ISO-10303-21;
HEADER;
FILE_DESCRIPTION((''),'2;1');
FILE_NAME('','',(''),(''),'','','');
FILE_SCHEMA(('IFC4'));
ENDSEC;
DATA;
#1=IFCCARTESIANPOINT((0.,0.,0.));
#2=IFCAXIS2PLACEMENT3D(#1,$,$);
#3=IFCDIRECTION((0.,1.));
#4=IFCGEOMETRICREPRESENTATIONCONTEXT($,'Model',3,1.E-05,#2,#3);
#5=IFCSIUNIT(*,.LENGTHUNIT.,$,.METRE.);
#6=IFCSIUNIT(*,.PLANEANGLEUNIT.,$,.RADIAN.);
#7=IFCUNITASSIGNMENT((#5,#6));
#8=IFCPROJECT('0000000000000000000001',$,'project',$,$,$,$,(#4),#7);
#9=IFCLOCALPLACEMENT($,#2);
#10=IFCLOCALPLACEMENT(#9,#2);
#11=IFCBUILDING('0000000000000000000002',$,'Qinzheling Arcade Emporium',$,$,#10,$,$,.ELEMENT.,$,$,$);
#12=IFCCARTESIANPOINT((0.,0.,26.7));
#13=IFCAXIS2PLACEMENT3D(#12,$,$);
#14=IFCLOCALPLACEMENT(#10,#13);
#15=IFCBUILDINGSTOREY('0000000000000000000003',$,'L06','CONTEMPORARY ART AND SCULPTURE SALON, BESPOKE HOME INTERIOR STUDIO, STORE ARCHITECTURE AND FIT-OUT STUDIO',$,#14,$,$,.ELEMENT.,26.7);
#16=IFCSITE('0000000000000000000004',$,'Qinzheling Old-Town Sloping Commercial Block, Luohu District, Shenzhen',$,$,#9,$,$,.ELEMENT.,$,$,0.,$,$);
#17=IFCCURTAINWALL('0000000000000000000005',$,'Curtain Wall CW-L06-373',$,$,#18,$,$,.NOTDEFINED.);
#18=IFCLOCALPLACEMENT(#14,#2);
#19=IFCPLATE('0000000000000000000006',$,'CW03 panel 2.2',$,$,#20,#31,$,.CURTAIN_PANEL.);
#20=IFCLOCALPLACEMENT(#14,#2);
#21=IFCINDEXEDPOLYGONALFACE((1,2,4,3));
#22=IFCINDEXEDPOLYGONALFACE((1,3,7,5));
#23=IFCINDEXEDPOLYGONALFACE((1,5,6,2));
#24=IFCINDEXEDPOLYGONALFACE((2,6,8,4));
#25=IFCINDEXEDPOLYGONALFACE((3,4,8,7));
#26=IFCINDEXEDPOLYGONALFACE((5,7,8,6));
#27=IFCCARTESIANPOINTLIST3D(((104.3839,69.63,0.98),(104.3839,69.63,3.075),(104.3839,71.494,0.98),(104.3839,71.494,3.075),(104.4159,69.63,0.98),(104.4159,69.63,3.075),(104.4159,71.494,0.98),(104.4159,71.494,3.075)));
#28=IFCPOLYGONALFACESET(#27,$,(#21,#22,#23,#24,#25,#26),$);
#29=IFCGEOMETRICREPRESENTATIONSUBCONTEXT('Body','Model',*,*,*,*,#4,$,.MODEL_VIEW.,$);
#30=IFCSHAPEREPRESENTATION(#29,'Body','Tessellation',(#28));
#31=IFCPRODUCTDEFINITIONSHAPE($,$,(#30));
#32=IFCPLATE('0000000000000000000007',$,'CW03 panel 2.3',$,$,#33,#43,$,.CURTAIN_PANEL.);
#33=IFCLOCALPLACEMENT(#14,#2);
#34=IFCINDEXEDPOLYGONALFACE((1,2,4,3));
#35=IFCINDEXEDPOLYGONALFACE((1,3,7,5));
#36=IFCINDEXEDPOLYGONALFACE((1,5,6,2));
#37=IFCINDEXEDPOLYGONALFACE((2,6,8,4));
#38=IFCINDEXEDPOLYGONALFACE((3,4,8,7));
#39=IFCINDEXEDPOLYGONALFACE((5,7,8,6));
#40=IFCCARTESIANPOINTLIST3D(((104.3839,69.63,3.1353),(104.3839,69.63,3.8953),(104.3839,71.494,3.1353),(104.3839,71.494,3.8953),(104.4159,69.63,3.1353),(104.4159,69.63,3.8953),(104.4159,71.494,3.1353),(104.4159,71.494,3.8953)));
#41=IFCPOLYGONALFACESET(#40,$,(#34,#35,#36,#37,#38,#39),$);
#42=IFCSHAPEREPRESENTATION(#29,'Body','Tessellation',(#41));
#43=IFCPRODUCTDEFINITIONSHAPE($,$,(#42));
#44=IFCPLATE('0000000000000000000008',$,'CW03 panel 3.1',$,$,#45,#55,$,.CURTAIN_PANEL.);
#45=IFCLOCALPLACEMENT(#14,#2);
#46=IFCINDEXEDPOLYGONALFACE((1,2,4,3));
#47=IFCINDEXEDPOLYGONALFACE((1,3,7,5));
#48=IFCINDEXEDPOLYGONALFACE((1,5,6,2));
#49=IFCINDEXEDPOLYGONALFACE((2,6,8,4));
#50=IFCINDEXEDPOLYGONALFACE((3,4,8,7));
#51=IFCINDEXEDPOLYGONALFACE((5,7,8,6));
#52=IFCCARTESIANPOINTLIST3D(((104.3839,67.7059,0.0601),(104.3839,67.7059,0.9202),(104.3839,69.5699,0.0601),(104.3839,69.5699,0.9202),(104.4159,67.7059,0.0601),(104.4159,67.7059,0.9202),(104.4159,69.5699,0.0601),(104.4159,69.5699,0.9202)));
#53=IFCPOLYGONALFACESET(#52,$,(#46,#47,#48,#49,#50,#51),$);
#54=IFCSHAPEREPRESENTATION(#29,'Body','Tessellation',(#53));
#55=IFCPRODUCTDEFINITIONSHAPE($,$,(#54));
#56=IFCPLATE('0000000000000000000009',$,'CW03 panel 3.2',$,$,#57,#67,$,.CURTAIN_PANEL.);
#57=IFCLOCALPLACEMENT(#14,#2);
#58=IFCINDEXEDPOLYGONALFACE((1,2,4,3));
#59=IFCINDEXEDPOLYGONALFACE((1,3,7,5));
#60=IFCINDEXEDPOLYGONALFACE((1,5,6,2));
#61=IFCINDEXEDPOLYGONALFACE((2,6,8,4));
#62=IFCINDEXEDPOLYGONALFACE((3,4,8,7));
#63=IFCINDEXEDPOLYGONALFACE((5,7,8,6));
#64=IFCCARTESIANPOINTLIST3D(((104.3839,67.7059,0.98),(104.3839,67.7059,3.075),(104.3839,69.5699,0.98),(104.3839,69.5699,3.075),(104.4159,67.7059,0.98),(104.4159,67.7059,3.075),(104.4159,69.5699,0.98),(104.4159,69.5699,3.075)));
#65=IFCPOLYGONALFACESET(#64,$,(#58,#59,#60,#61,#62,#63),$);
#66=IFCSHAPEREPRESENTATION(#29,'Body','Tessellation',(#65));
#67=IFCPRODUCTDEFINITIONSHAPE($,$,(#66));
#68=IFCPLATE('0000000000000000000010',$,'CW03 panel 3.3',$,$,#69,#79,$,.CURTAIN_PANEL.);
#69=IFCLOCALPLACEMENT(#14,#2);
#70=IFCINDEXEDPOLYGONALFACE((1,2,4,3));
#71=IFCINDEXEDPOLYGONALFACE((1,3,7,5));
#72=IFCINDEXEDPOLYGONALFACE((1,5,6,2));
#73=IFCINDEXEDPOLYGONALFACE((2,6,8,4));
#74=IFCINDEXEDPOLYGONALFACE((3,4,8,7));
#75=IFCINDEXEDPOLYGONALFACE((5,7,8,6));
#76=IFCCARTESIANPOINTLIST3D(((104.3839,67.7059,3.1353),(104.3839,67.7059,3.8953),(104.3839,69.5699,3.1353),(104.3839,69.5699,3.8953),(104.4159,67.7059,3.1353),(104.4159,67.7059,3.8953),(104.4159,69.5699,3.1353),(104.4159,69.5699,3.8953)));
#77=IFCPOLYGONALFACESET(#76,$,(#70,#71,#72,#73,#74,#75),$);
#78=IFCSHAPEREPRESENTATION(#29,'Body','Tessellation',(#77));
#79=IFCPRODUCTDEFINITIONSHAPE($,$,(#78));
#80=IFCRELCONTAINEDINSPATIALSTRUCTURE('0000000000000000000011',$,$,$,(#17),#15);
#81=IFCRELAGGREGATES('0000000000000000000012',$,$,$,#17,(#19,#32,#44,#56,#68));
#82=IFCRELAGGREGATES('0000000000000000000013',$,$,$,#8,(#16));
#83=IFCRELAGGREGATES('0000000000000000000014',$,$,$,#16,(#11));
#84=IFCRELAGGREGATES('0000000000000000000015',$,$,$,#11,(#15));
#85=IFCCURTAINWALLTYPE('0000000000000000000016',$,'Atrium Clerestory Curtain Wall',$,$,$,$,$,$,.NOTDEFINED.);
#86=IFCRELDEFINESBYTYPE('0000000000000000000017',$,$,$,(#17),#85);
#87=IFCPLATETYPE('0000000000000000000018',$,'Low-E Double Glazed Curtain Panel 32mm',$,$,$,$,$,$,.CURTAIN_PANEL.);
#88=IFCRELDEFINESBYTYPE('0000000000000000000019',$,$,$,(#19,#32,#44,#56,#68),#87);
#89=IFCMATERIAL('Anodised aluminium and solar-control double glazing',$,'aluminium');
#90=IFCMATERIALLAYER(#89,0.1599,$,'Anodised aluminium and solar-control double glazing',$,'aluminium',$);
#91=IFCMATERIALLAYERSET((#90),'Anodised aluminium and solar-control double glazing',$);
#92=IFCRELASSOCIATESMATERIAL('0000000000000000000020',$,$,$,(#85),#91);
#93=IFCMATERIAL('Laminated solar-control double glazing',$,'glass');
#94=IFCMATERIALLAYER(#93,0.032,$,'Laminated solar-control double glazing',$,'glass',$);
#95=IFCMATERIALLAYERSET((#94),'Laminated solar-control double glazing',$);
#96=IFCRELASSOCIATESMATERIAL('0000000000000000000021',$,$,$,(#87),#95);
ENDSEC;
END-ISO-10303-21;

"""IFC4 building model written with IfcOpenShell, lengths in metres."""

from ifc_helpers import new_model, si_unit, direction, frame, origin, origin_2d, place, context, subcontext, project, spatial, rectangle, extrude, material, layer, layer_set, type_object, element, aggregate, save


model = new_model("IFC4")

# Units and contexts
model_context = context("Model", 3, precision=1e-05, world=origin(), true_north=direction((0.0, 1.0)))
body_context = subcontext(model_context, "Body", "Model", "MODEL_VIEW")
ifc_project = project(units=[si_unit("LENGTHUNIT", "METRE"), si_unit("PLANEANGLEUNIT", "RADIAN")], contexts=[model_context])

# Site, building, storey
site_placement = place(None, origin())
site = spatial("IfcSite", under=ifc_project, at=site_placement, Name="Qinzheling Old-Town Sloping Commercial Block, Luohu District, Shenzhen", CompositionType="ELEMENT", RefElevation=0.0)
building_placement = place(site_placement, origin())
building = spatial("IfcBuilding", under=site, at=building_placement, Name="Qinzheling Arcade Emporium", CompositionType="ELEMENT")
storey_placement = place(building_placement, frame((0.0, 0.0, 26.7)))
storey = spatial("IfcBuildingStorey", under=building, at=storey_placement, Name="L06", Description="CONTEMPORARY ART AND SCULPTURE SALON, BESPOKE HOME INTERIOR STUDIO, STORE ARCHITECTURE AND FIT-OUT STUDIO", CompositionType="ELEMENT", Elevation=26.7)

# Curtain wall, plates
ifc_material_1 = material(Name="Anodised aluminium and solar-control double glazing", Category="aluminium")
ifc_layer_1 = layer(ifc_material_1, 0.1599, Name="Anodised aluminium and solar-control double glazing", Category="aluminium")
ifc_layer_set_1 = layer_set([ifc_layer_1], Name="Anodised aluminium and solar-control double glazing")
curtain_wall_type = type_object("IfcCurtainWallType", Name="Atrium Clerestory Curtain Wall", PredefinedType="NOTDEFINED", material=ifc_layer_set_1)
curtain_wall_placement = place(storey_placement, origin())
curtain_wall = element("IfcCurtainWall", 1, at=curtain_wall_placement, inside=storey, type_object=curtain_wall_type, Name="Curtain Wall CW-L06-373", PredefinedType="NOTDEFINED")
ifc_material_2 = material(Name="Laminated solar-control double glazing", Category="glass")
ifc_layer_2 = layer(ifc_material_2, 0.032, Name="Laminated solar-control double glazing", Category="glass")
ifc_layer_set_2 = layer_set([ifc_layer_2], Name="Laminated solar-control double glazing")
plate_type = type_object("IfcPlateType", Name="Low-E Double Glazed Curtain Panel 32mm", PredefinedType="CURTAIN_PANEL", material=ifc_layer_set_2)
plate_1_placement = place(storey_placement, frame((104.3999, 70.562, 0.98), z_axis=(0.0, 0.0, 1.0), x_axis=(0.0, -1.0, 0.0)))
plate_1 = element("IfcPlate", 2, at=plate_1_placement, type_object=plate_type, Name="CW03 panel 2.2", PredefinedType="CURTAIN_PANEL", context=body_context, shape_type="SweptSolid", body=[
    extrude(rectangle(XDim=1.864, YDim=0.032, at=origin_2d()), origin(), (0.0, 0.0, 1.0), 2.095),
])
plate_2_placement = place(storey_placement, frame((104.3999, 70.562, 3.1353), z_axis=(0.0, 0.0, 1.0), x_axis=(0.0, -1.0, 0.0)))
plate_2 = element("IfcPlate", 3, at=plate_2_placement, type_object=plate_type, Name="CW03 panel 2.3", PredefinedType="CURTAIN_PANEL", context=body_context, shape_type="SweptSolid", body=[
    extrude(rectangle(XDim=1.864, YDim=0.032, at=origin_2d()), origin(), (0.0, 0.0, 1.0), 0.76),
])
plate_3_placement = place(storey_placement, frame((104.3999, 68.6379, 0.0601), z_axis=(0.0, 0.0, 1.0), x_axis=(0.0, -1.0, 0.0)))
plate_3 = element("IfcPlate", 4, at=plate_3_placement, type_object=plate_type, Name="CW03 panel 3.1", PredefinedType="CURTAIN_PANEL", context=body_context, shape_type="SweptSolid", body=[
    extrude(rectangle(XDim=1.864, YDim=0.032, at=origin_2d()), origin(), (0.0, 0.0, 1.0), 0.8601),
])
plate_4_placement = place(storey_placement, frame((104.3999, 68.6379, 0.98), z_axis=(0.0, 0.0, 1.0), x_axis=(0.0, -1.0, 0.0)))
plate_4 = element("IfcPlate", 5, at=plate_4_placement, type_object=plate_type, Name="CW03 panel 3.2", PredefinedType="CURTAIN_PANEL", context=body_context, shape_type="SweptSolid", body=[
    extrude(rectangle(XDim=1.864, YDim=0.032, at=origin_2d()), origin(), (0.0, 0.0, 1.0), 2.095),
])
plate_5_placement = place(storey_placement, frame((104.3999, 68.6379, 3.1353), z_axis=(0.0, 0.0, 1.0), x_axis=(0.0, -1.0, 0.0)))
plate_5 = element("IfcPlate", 6, at=plate_5_placement, type_object=plate_type, Name="CW03 panel 3.3", PredefinedType="CURTAIN_PANEL", context=body_context, shape_type="SweptSolid", body=[
    extrude(rectangle(XDim=1.864, YDim=0.032, at=origin_2d()), origin(), (0.0, 0.0, 1.0), 0.76),
])
aggregate(curtain_wall, [plate_1, plate_2, plate_3, plate_4, plate_5])

save(model, "model.ifc")
